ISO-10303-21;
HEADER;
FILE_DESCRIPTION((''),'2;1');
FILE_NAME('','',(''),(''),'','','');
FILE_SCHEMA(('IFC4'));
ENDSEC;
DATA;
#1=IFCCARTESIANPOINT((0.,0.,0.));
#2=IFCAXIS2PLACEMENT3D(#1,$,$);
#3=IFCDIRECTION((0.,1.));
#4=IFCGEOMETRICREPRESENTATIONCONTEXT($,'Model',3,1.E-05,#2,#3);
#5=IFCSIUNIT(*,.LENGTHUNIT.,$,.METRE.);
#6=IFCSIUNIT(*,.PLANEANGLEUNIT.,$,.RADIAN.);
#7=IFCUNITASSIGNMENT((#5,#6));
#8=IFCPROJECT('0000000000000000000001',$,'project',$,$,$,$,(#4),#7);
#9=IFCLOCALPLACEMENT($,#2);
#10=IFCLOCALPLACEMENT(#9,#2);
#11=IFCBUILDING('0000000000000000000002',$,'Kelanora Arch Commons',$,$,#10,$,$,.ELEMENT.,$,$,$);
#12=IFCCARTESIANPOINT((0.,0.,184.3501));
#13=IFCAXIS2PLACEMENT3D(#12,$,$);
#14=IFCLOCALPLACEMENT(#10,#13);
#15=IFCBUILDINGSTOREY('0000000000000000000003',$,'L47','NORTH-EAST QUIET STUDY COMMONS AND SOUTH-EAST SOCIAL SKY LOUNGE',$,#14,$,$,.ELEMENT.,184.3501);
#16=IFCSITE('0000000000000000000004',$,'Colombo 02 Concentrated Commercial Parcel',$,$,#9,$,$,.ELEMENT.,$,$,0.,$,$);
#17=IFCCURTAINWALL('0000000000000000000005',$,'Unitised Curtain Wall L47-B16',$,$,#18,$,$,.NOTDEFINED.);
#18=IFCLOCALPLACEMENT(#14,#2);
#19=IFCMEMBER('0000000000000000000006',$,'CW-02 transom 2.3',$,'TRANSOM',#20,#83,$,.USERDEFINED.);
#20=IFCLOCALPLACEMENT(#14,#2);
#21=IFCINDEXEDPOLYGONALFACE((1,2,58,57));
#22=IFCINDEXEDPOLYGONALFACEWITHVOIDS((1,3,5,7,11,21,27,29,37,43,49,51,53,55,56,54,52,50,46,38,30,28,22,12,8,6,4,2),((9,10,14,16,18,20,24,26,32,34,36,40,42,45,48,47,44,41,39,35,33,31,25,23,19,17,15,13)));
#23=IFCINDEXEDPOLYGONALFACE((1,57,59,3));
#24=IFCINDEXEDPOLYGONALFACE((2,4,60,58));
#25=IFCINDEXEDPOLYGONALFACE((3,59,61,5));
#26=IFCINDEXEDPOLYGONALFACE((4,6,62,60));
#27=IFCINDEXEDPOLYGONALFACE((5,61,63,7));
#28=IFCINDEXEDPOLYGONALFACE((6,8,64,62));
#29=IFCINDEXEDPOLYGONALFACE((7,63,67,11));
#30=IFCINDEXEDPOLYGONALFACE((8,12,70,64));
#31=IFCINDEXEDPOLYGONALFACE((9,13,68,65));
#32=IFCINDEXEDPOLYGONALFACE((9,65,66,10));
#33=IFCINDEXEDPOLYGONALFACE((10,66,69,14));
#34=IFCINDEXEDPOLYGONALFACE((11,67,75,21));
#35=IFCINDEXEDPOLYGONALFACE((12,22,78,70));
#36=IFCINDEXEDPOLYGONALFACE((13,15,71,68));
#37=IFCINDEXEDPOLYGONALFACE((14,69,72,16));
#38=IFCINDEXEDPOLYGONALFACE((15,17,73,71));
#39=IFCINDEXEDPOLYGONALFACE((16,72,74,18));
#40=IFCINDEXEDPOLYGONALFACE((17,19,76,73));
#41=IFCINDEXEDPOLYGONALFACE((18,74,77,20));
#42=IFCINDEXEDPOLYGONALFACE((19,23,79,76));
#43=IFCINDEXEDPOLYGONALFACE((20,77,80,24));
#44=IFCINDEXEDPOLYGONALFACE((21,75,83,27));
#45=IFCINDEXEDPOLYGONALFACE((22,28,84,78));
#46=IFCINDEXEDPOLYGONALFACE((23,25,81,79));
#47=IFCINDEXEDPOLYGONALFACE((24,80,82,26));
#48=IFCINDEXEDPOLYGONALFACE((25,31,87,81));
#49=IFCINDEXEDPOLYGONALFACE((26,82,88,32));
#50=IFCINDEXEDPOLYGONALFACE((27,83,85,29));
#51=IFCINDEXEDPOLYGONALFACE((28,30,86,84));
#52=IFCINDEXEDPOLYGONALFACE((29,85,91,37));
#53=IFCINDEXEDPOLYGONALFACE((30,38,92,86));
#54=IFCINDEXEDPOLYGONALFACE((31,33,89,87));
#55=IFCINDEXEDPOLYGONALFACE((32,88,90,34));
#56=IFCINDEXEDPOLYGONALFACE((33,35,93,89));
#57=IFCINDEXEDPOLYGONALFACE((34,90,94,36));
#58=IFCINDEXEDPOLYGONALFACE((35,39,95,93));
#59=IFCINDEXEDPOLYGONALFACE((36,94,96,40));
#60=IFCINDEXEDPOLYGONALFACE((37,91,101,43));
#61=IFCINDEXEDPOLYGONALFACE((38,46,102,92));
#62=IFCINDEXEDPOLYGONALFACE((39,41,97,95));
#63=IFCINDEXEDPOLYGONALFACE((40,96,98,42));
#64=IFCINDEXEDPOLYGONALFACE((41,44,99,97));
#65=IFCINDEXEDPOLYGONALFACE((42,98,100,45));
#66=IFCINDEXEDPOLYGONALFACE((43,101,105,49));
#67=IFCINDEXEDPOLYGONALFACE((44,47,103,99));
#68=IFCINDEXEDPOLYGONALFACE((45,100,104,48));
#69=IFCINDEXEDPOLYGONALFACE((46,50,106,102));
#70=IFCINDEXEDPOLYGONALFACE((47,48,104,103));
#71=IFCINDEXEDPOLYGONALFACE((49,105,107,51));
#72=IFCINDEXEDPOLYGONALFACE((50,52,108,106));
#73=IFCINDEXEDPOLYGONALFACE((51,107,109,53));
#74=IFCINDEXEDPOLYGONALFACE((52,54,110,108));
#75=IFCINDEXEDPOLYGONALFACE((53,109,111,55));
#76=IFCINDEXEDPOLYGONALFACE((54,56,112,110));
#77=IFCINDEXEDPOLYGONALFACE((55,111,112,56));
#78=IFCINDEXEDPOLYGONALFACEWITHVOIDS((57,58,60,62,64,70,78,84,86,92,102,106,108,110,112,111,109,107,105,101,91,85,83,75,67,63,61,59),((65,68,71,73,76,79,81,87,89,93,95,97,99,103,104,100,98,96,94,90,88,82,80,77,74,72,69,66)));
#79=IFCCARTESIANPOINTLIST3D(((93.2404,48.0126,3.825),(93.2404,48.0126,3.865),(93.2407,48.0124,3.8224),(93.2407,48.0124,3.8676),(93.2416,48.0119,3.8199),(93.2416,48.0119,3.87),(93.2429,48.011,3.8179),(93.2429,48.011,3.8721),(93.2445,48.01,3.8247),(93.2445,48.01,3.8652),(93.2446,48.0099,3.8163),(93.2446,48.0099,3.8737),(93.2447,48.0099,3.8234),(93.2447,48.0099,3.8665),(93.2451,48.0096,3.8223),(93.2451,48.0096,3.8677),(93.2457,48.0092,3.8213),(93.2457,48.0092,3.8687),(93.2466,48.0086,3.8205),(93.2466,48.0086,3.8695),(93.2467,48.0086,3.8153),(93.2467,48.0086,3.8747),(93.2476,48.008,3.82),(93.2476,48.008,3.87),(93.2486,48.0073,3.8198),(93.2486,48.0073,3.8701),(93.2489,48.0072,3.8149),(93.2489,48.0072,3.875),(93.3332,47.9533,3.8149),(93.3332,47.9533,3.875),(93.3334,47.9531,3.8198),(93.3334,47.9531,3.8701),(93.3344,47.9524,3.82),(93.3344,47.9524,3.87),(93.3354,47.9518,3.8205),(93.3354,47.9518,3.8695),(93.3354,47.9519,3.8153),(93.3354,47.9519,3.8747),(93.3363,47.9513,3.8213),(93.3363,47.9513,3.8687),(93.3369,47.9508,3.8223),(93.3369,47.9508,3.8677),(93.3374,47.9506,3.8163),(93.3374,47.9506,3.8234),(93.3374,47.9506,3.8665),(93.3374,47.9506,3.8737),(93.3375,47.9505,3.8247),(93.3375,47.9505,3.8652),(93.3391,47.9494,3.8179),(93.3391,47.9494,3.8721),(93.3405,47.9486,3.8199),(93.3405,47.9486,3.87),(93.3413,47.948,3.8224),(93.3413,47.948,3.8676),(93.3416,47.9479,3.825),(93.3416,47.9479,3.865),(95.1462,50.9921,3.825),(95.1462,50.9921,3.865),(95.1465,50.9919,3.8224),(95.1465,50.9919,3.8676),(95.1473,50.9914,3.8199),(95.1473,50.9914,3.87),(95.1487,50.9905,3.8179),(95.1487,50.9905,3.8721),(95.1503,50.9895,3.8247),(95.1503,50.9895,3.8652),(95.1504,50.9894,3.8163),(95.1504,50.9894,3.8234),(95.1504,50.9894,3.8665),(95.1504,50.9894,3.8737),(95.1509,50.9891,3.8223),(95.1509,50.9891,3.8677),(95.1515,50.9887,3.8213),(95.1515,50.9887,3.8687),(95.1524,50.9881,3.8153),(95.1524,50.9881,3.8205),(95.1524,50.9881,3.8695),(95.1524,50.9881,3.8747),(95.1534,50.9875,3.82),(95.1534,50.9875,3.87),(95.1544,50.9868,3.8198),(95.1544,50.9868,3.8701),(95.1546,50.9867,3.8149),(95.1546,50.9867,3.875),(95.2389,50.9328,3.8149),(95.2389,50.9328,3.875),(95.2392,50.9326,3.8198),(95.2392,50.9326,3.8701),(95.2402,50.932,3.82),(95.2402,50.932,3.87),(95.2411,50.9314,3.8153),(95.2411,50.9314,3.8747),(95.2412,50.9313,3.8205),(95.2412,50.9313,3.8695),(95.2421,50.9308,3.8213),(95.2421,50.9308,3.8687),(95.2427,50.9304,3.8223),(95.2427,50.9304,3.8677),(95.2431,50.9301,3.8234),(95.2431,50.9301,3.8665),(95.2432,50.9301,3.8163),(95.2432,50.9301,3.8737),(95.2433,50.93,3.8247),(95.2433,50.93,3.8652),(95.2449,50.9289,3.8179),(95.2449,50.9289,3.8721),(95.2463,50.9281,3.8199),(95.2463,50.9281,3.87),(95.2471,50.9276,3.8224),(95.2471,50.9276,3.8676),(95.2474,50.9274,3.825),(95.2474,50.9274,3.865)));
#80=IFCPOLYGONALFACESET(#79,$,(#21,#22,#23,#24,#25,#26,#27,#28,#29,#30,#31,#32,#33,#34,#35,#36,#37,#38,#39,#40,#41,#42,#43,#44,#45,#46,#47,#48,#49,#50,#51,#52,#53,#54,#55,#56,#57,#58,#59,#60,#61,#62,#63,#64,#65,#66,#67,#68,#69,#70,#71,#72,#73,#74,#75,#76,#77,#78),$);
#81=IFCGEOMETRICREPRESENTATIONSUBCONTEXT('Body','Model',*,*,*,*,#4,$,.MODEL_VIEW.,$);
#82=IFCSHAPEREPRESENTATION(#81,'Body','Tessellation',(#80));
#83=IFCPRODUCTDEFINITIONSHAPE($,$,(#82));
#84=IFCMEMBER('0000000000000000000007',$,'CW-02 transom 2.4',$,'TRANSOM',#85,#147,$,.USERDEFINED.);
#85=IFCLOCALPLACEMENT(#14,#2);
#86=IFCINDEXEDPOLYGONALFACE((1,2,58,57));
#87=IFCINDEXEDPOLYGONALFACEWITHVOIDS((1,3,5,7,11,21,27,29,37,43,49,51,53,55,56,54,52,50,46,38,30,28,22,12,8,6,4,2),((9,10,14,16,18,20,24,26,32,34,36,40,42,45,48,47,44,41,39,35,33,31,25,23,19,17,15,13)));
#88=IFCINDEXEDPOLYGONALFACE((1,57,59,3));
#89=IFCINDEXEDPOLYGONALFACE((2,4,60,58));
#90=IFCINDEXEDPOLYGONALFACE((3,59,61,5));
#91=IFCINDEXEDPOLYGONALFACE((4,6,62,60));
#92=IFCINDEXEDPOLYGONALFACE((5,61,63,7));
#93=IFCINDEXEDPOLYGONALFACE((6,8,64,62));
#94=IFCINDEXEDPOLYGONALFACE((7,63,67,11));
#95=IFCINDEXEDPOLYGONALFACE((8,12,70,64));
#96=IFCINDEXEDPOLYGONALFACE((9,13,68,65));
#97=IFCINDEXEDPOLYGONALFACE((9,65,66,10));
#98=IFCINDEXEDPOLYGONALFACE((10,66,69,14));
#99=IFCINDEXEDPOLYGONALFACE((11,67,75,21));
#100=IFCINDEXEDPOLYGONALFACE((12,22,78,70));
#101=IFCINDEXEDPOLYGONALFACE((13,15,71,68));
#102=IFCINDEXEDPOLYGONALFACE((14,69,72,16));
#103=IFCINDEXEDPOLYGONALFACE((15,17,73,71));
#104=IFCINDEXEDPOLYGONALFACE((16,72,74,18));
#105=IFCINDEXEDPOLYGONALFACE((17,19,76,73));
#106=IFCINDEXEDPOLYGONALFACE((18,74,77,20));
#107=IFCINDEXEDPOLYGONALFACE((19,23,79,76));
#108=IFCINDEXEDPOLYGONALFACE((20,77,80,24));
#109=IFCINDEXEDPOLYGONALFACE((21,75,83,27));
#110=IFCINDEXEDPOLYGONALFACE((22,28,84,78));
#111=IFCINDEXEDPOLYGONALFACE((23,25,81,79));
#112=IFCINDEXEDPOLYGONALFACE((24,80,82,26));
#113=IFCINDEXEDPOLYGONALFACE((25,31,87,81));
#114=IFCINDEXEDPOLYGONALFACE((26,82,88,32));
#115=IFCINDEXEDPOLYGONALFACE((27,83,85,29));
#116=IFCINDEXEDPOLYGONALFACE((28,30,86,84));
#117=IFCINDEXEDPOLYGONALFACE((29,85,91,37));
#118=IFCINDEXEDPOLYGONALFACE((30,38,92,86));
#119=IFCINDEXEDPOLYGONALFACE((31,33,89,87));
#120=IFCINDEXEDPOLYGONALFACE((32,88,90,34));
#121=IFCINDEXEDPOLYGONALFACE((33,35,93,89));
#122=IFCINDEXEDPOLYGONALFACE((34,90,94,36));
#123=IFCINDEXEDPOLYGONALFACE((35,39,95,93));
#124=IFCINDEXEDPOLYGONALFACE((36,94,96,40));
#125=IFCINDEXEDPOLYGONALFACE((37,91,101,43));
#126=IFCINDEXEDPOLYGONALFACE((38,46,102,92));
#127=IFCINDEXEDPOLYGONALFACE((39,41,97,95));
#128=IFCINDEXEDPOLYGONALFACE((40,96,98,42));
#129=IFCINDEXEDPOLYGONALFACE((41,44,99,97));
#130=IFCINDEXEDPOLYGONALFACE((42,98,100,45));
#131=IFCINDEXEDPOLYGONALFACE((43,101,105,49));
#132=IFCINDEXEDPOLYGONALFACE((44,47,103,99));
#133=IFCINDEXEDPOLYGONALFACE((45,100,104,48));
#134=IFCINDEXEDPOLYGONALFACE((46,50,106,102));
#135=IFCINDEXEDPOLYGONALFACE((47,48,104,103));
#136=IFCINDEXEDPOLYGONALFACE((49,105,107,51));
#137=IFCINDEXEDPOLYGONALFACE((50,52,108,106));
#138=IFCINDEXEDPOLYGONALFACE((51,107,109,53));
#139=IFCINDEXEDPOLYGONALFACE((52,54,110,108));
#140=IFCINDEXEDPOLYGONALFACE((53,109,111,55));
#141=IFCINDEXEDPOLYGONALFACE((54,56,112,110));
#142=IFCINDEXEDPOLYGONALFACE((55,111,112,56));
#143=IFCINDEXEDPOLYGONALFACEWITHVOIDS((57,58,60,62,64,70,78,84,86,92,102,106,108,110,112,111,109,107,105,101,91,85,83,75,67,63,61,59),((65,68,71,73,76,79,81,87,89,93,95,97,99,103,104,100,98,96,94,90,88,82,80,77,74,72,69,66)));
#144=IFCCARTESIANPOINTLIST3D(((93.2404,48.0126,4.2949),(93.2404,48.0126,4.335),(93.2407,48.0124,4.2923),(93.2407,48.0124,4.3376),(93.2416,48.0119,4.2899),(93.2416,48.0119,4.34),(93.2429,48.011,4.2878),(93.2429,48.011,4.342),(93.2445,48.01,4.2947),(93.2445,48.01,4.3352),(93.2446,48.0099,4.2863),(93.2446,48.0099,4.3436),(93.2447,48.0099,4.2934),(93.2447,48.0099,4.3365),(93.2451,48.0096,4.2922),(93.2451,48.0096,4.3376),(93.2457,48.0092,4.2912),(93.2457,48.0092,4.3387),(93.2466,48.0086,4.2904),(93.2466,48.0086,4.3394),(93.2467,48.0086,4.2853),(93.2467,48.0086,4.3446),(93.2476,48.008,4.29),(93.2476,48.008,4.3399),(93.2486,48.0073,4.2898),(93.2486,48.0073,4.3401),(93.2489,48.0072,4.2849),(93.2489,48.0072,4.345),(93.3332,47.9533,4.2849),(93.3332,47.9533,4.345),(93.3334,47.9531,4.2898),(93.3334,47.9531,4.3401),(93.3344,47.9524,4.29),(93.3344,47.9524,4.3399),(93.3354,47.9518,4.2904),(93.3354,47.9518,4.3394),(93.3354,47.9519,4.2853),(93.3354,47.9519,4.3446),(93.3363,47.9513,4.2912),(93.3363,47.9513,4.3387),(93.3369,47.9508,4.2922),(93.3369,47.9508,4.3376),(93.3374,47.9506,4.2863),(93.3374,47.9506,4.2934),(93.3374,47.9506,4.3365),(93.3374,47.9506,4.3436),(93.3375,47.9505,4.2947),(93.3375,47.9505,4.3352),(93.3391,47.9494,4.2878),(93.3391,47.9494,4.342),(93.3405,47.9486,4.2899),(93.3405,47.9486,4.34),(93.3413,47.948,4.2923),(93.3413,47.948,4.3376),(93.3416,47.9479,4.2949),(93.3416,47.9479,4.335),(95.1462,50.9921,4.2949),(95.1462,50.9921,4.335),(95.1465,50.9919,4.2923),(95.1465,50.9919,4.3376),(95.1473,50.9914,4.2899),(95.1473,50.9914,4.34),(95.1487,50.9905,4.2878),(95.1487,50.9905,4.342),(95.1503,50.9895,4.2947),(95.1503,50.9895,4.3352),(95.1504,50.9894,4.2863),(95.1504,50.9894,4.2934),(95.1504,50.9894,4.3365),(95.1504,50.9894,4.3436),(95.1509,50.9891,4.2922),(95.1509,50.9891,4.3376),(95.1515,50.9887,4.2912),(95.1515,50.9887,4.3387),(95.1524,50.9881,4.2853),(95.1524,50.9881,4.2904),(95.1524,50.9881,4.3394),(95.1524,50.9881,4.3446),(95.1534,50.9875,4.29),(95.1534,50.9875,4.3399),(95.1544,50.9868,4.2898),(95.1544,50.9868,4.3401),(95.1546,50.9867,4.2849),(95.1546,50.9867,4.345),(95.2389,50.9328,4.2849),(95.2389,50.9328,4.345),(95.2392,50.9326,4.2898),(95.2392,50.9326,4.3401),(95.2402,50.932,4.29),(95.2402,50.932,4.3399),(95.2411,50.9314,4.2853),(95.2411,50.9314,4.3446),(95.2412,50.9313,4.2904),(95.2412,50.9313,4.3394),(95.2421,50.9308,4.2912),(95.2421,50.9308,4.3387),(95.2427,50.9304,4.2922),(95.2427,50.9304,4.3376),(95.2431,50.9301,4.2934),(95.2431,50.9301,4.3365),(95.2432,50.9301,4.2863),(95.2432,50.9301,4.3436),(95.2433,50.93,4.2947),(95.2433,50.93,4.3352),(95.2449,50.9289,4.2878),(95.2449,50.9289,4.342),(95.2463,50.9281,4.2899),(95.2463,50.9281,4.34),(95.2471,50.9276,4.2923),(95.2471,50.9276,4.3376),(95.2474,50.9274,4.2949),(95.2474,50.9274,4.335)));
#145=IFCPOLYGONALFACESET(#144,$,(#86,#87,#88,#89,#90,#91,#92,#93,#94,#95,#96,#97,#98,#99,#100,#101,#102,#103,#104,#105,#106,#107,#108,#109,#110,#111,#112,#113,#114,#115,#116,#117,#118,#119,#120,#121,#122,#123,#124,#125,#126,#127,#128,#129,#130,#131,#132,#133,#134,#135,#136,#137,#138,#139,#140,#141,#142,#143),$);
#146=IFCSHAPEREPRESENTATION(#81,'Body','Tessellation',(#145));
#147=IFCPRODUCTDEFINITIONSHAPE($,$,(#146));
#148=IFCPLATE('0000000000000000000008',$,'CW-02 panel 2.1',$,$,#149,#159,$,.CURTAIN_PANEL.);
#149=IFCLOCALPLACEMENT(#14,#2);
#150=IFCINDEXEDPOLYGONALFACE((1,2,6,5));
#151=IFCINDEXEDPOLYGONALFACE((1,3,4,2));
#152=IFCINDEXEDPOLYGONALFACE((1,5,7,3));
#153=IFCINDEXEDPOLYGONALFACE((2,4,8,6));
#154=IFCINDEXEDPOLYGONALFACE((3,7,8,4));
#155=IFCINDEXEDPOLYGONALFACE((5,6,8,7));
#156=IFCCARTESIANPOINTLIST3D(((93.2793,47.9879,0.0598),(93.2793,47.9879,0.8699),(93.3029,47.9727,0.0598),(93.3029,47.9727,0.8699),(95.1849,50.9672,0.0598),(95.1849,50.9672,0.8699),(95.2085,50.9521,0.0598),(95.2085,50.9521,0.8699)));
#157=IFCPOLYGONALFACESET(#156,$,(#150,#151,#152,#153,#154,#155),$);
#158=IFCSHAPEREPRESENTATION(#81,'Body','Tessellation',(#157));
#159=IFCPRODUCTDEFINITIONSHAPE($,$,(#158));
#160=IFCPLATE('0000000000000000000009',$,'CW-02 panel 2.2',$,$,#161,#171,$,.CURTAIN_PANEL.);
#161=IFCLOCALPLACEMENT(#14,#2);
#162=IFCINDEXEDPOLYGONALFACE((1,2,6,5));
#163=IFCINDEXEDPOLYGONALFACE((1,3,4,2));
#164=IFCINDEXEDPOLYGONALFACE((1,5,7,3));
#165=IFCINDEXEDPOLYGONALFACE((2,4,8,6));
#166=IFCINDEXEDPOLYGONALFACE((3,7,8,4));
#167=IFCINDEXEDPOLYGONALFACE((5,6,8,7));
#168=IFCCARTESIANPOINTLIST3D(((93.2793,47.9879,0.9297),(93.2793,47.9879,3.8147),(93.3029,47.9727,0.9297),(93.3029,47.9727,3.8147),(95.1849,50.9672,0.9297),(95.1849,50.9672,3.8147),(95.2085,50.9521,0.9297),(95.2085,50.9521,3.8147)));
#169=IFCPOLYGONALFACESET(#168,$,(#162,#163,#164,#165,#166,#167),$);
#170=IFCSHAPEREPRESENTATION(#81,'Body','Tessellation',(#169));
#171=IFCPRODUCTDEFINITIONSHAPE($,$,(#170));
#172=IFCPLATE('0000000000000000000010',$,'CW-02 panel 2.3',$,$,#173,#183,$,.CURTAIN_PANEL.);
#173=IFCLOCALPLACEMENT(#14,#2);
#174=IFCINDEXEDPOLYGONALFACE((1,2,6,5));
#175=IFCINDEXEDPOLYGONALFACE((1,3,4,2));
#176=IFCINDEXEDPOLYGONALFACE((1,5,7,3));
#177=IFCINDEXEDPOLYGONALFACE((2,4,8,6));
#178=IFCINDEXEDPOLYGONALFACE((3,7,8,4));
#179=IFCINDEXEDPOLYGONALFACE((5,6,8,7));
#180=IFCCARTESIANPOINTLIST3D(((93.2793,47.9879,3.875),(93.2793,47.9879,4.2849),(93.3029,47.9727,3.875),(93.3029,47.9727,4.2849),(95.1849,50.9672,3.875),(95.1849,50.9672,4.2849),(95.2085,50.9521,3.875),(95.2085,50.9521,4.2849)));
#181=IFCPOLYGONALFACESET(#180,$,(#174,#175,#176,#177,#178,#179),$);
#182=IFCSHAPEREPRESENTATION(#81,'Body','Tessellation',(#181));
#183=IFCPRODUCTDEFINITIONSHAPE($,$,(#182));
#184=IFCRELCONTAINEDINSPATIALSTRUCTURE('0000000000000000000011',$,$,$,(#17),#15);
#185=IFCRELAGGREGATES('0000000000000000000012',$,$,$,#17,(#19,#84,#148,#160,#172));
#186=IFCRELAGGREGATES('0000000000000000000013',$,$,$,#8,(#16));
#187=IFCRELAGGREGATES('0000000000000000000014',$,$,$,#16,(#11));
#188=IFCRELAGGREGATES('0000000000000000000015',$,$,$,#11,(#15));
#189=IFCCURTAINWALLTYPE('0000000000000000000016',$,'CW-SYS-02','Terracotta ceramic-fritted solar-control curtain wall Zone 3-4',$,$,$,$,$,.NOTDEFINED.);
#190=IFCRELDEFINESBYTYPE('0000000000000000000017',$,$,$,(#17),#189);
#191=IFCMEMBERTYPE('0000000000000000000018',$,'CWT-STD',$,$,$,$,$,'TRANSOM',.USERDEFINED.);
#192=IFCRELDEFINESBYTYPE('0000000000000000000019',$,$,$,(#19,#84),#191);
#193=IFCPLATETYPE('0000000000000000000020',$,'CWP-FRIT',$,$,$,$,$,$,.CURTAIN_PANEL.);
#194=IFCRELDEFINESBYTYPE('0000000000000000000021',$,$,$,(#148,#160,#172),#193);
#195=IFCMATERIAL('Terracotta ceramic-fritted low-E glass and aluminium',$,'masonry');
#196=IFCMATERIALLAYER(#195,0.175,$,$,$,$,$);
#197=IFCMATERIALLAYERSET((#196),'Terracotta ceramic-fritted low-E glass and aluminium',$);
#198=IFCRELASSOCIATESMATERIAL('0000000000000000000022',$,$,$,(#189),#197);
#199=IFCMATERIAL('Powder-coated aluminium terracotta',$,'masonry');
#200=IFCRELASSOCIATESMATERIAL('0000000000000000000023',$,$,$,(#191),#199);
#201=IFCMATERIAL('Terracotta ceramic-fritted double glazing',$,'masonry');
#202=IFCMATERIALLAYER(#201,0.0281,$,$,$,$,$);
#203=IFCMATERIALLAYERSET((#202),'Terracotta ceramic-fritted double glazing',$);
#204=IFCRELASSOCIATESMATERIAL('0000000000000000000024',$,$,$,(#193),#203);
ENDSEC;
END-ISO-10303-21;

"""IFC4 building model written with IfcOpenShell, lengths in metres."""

from ifc_helpers import new_model, si_unit, direction, frame, origin, origin_2d, place, context, subcontext, project, spatial, rectangle, hollow_rectangle, extrude, source, transform, mapped, material, layer, layer_set, material_profile, profile_set, type_object, element, aggregate, save


model = new_model("IFC4")

# Units and contexts
model_context = context("Model", 3, precision=1e-05, world=origin(), true_north=direction((0.0, 1.0)))
body_context = subcontext(model_context, "Body", "Model", "MODEL_VIEW")
ifc_project = project(units=[si_unit("LENGTHUNIT", "METRE"), si_unit("PLANEANGLEUNIT", "RADIAN")], contexts=[model_context])

# Site, building, storey
site_placement = place(None, origin())
site = spatial("IfcSite", under=ifc_project, at=site_placement, Name="Colombo 02 Concentrated Commercial Parcel", CompositionType="ELEMENT", RefElevation=0.0)
building_placement = place(site_placement, origin())
building = spatial("IfcBuilding", under=site, at=building_placement, Name="Kelanora Arch Commons", CompositionType="ELEMENT")
storey_placement = place(building_placement, frame((0.0, 0.0, 184.3501)))
storey = spatial("IfcBuildingStorey", under=building, at=storey_placement, Name="L47", Description="NORTH-EAST QUIET STUDY COMMONS AND SOUTH-EAST SOCIAL SKY LOUNGE", CompositionType="ELEMENT", Elevation=184.3501)

# Curtain wall, members, plates
ifc_material_1 = material(Name="Terracotta ceramic-fritted low-E glass and aluminium", Category="masonry")
ifc_layer_1 = layer(ifc_material_1, 0.175)
ifc_layer_set_1 = layer_set([ifc_layer_1], Name="Terracotta ceramic-fritted low-E glass and aluminium")
curtain_wall_type = type_object("IfcCurtainWallType", Name="CW-SYS-02", Description="Terracotta ceramic-fritted solar-control curtain wall Zone 3-4", PredefinedType="NOTDEFINED", material=ifc_layer_set_1)
curtain_wall_placement = place(storey_placement, origin())
curtain_wall = element("IfcCurtainWall", 1, at=curtain_wall_placement, inside=storey, type_object=curtain_wall_type, Name="Unitised Curtain Wall L47-B16", PredefinedType="NOTDEFINED")
ifc_material_2 = material(Name="Powder-coated aluminium terracotta", Category="masonry")
ifc_material_profile_1 = material_profile(ifc_material_2, hollow_rectangle(XDim=0.1201, YDim=0.0601, WallThickness=0.0049, InnerFilletRadius=0.0049, OuterFilletRadius=0.01, at=origin_2d()), Name="CWT120x60")
ifc_profile_set_1 = profile_set([ifc_material_profile_1], Name="Powder-coated aluminium terracotta")
member_type_1 = type_object("IfcMemberType", Name="CWT-STD", ElementType="TRANSOM", PredefinedType="USERDEFINED", material=ifc_profile_set_1)
member_1_placement = place(storey_placement, frame((93.291, 47.9802, 3.845), z_axis=(0.53883, 0.842414, 0.0), x_axis=(-0.842414, 0.53883, 0.0)))
member_1 = element("IfcMember", 2, at=member_1_placement, type_object=member_type_1, Name="CW-02 transom 2.3", ObjectType="TRANSOM", PredefinedType="USERDEFINED", context=body_context, shape_type="SweptSolid", body=[
    extrude(hollow_rectangle(XDim=0.1201, YDim=0.0601, WallThickness=0.0049, InnerFilletRadius=0.0049, OuterFilletRadius=0.01, at=origin_2d()), origin(), (0.0, 0.0, 1.0), 3.5369),
])
member_2_placement = place(storey_placement, frame((93.291, 47.9802, 4.3149), z_axis=(0.53883, 0.842414, 0.0), x_axis=(-0.842414, 0.53883, 0.0)))
member_2 = element("IfcMember", 3, at=member_2_placement, type_object=member_type_1, Name="CW-02 transom 2.4", ObjectType="TRANSOM", PredefinedType="USERDEFINED", context=body_context, shape_type="SweptSolid", body=[
    extrude(hollow_rectangle(XDim=0.1201, YDim=0.0601, WallThickness=0.0049, InnerFilletRadius=0.0049, OuterFilletRadius=0.01, at=origin_2d()), origin(), (0.0, 0.0, 1.0), 3.5369),
])
ifc_material_3 = material(Name="Terracotta ceramic-fritted double glazing", Category="masonry")
ifc_layer_2 = layer(ifc_material_3, 0.0281)
ifc_layer_set_2 = layer_set([ifc_layer_2], Name="Terracotta ceramic-fritted double glazing")
plate_type = type_object("IfcPlateType", Name="CWP-FRIT", PredefinedType="CURTAIN_PANEL", material=ifc_layer_set_2)
shared_shape_1 = source(origin(), body_context, "Body", "SweptSolid", [
    extrude(rectangle(XDim=3.5366, YDim=0.0281, at=origin_2d()), origin(), (0.0, 0.0, 1.0), 0.8101),
])
plate_1_placement = place(storey_placement, frame((94.2439, 49.47, 0.0598), z_axis=(0.0, 0.0, 1.0), x_axis=(0.538817, 0.842423, 0.0)))
plate_1 = element("IfcPlate", 4, at=plate_1_placement, type_object=plate_type, Name="CW-02 panel 2.1", PredefinedType="CURTAIN_PANEL", context=body_context, shape_type="MappedRepresentation", body=[
    mapped(shared_shape_1, transform((0.0, 0.0, 0.0), scale=1.0)),
])
shared_shape_2 = source(origin(), body_context, "Body", "SweptSolid", [
    extrude(rectangle(XDim=3.5366, YDim=0.0281, at=origin_2d()), origin(), (0.0, 0.0, 1.0), 2.885),
])
plate_2_placement = place(storey_placement, frame((94.2439, 49.47, 0.9297), z_axis=(0.0, 0.0, 1.0), x_axis=(0.538817, 0.842423, 0.0)))
plate_2 = element("IfcPlate", 5, at=plate_2_placement, type_object=plate_type, Name="CW-02 panel 2.2", PredefinedType="CURTAIN_PANEL", context=body_context, shape_type="MappedRepresentation", body=[
    mapped(shared_shape_2, transform((0.0, 0.0, 0.0), scale=1.0)),
])
shared_shape_3 = source(origin(), body_context, "Body", "SweptSolid", [
    extrude(rectangle(XDim=3.5366, YDim=0.0281, at=origin_2d()), origin(), (0.0, 0.0, 1.0), 0.4099),
])
plate_3_placement = place(storey_placement, frame((94.2439, 49.47, 3.875), z_axis=(0.0, 0.0, 1.0), x_axis=(0.538817, 0.842423, 0.0)))
plate_3 = element("IfcPlate", 6, at=plate_3_placement, type_object=plate_type, Name="CW-02 panel 2.3", PredefinedType="CURTAIN_PANEL", context=body_context, shape_type="MappedRepresentation", body=[
    mapped(shared_shape_3, transform((0.0, 0.0, 0.0), scale=1.0)),
])
aggregate(curtain_wall, [member_1, member_2, plate_1, plate_2, plate_3])

save(model, "model.ifc")
